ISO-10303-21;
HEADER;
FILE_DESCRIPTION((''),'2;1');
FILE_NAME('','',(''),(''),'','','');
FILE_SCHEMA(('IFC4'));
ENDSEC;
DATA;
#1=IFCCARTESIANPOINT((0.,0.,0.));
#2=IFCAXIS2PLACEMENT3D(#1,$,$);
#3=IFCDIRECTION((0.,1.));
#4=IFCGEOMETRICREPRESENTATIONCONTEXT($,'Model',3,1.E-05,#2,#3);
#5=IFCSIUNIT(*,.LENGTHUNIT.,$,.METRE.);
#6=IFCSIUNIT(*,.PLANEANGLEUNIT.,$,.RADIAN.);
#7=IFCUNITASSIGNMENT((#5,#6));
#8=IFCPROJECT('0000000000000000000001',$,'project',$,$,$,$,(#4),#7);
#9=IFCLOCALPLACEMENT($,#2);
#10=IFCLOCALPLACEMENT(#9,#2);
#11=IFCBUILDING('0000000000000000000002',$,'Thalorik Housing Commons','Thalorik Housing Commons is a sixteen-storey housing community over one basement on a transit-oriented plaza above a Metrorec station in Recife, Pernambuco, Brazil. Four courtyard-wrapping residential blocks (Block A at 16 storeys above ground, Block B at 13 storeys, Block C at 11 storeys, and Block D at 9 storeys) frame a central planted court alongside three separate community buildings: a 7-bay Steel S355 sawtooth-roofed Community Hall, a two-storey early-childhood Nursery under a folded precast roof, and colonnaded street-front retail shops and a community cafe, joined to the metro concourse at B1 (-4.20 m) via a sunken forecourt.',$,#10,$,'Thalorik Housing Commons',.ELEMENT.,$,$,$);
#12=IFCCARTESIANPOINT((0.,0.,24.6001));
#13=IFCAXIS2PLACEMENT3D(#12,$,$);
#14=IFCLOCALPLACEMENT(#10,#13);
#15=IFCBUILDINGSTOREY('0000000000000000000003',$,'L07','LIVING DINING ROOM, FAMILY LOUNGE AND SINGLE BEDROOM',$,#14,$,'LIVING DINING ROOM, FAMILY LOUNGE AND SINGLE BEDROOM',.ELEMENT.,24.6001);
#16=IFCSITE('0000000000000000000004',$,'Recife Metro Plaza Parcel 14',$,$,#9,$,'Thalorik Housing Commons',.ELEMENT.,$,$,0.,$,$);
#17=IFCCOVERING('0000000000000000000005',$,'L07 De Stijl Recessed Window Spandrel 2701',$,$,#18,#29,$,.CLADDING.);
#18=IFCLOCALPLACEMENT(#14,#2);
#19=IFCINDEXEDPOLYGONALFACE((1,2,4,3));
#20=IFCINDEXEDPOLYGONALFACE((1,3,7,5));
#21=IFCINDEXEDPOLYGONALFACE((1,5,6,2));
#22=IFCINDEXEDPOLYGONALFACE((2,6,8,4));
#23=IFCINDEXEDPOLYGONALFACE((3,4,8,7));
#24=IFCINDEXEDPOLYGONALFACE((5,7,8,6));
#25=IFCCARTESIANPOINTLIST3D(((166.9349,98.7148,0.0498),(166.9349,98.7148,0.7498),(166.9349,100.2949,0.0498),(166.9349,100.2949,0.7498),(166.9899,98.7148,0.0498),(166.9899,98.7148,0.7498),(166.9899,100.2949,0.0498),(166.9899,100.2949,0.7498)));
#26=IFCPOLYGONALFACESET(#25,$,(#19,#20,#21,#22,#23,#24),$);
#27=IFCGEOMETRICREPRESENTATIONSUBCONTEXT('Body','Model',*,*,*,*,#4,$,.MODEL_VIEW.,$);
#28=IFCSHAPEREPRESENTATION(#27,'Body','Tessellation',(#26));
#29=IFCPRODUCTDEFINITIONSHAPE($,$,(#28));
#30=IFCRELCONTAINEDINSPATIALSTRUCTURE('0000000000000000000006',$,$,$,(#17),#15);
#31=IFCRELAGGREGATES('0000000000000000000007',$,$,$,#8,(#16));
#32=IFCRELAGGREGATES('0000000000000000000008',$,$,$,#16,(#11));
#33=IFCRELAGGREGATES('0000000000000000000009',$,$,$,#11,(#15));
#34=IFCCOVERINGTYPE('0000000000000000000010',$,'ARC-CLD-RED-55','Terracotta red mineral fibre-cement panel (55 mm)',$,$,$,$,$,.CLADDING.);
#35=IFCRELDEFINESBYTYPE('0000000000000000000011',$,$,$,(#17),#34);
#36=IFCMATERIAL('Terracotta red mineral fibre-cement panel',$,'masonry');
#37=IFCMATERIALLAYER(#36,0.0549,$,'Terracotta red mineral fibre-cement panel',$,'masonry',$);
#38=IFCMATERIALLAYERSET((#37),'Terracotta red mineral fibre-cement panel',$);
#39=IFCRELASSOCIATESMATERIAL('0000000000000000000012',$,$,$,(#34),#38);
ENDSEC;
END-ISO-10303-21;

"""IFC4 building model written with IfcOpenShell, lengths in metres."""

from ifc_helpers import new_model, si_unit, direction, frame, origin, origin_2d, place, context, subcontext, project, spatial, rectangle, extrude, material, layer, layer_set, type_object, element, save


model = new_model("IFC4")

# Units and contexts
model_context = context("Model", 3, precision=1e-05, world=origin(), true_north=direction((0.0, 1.0)))
body_context = subcontext(model_context, "Body", "Model", "MODEL_VIEW")
ifc_project = project(units=[si_unit("LENGTHUNIT", "METRE"), si_unit("PLANEANGLEUNIT", "RADIAN")], contexts=[model_context])

# Site, building, storey
site_placement = place(None, origin())
site = spatial("IfcSite", under=ifc_project, at=site_placement, Name="Recife Metro Plaza Parcel 14", LongName="Thalorik Housing Commons", CompositionType="ELEMENT", RefElevation=0.0)
building_placement = place(site_placement, origin())
building = spatial("IfcBuilding", under=site, at=building_placement, Name="Thalorik Housing Commons", Description="Thalorik Housing Commons is a sixteen-storey housing community over one basement on a transit-oriented plaza above a Metrorec station in Recife, Pernambuco, Brazil. Four courtyard-wrapping residential blocks (Block A at 16 storeys above ground, Block B at 13 storeys, Block C at 11 storeys, and Block D at 9 storeys) frame a central planted court alongside three separate community buildings: a 7-bay Steel S355 sawtooth-roofed Community Hall, a two-storey early-childhood Nursery under a folded precast roof, and colonnaded street-front retail shops and a community cafe, joined to the metro concourse at B1 (-4.20 m) via a sunken forecourt.", LongName="Thalorik Housing Commons", CompositionType="ELEMENT")
storey_placement = place(building_placement, frame((0.0, 0.0, 24.6001)))
storey = spatial("IfcBuildingStorey", under=building, at=storey_placement, Name="L07", Description="LIVING DINING ROOM, FAMILY LOUNGE AND SINGLE BEDROOM", LongName="LIVING DINING ROOM, FAMILY LOUNGE AND SINGLE BEDROOM", CompositionType="ELEMENT", Elevation=24.6001)

# Covering
ifc_material_1 = material(Name="Terracotta red mineral fibre-cement panel", Category="masonry")
ifc_layer_1 = layer(ifc_material_1, 0.0549, Name="Terracotta red mineral fibre-cement panel", Category="masonry")
ifc_layer_set_1 = layer_set([ifc_layer_1], Name="Terracotta red mineral fibre-cement panel")
covering_type_1 = type_object("IfcCoveringType", Name="ARC-CLD-RED-55", Description="Terracotta red mineral fibre-cement panel (55 mm)", PredefinedType="CLADDING", material=ifc_layer_set_1)
covering_1_placement = place(storey_placement, frame((166.9624, 99.5049, 0.0498), z_axis=(0.0, 0.0, 1.0), x_axis=(0.0, 1.0, 0.0)))
element("IfcCovering", 1, at=covering_1_placement, inside=storey, type_object=covering_type_1, Name="L07 De Stijl Recessed Window Spandrel 2701", PredefinedType="CLADDING", context=body_context, shape_type="SweptSolid", body=[
    extrude(rectangle(XDim=1.5801, YDim=0.0549, at=origin_2d()), origin(), (0.0, 0.0, 1.0), 0.7),
])

save(model, "model.ifc")
